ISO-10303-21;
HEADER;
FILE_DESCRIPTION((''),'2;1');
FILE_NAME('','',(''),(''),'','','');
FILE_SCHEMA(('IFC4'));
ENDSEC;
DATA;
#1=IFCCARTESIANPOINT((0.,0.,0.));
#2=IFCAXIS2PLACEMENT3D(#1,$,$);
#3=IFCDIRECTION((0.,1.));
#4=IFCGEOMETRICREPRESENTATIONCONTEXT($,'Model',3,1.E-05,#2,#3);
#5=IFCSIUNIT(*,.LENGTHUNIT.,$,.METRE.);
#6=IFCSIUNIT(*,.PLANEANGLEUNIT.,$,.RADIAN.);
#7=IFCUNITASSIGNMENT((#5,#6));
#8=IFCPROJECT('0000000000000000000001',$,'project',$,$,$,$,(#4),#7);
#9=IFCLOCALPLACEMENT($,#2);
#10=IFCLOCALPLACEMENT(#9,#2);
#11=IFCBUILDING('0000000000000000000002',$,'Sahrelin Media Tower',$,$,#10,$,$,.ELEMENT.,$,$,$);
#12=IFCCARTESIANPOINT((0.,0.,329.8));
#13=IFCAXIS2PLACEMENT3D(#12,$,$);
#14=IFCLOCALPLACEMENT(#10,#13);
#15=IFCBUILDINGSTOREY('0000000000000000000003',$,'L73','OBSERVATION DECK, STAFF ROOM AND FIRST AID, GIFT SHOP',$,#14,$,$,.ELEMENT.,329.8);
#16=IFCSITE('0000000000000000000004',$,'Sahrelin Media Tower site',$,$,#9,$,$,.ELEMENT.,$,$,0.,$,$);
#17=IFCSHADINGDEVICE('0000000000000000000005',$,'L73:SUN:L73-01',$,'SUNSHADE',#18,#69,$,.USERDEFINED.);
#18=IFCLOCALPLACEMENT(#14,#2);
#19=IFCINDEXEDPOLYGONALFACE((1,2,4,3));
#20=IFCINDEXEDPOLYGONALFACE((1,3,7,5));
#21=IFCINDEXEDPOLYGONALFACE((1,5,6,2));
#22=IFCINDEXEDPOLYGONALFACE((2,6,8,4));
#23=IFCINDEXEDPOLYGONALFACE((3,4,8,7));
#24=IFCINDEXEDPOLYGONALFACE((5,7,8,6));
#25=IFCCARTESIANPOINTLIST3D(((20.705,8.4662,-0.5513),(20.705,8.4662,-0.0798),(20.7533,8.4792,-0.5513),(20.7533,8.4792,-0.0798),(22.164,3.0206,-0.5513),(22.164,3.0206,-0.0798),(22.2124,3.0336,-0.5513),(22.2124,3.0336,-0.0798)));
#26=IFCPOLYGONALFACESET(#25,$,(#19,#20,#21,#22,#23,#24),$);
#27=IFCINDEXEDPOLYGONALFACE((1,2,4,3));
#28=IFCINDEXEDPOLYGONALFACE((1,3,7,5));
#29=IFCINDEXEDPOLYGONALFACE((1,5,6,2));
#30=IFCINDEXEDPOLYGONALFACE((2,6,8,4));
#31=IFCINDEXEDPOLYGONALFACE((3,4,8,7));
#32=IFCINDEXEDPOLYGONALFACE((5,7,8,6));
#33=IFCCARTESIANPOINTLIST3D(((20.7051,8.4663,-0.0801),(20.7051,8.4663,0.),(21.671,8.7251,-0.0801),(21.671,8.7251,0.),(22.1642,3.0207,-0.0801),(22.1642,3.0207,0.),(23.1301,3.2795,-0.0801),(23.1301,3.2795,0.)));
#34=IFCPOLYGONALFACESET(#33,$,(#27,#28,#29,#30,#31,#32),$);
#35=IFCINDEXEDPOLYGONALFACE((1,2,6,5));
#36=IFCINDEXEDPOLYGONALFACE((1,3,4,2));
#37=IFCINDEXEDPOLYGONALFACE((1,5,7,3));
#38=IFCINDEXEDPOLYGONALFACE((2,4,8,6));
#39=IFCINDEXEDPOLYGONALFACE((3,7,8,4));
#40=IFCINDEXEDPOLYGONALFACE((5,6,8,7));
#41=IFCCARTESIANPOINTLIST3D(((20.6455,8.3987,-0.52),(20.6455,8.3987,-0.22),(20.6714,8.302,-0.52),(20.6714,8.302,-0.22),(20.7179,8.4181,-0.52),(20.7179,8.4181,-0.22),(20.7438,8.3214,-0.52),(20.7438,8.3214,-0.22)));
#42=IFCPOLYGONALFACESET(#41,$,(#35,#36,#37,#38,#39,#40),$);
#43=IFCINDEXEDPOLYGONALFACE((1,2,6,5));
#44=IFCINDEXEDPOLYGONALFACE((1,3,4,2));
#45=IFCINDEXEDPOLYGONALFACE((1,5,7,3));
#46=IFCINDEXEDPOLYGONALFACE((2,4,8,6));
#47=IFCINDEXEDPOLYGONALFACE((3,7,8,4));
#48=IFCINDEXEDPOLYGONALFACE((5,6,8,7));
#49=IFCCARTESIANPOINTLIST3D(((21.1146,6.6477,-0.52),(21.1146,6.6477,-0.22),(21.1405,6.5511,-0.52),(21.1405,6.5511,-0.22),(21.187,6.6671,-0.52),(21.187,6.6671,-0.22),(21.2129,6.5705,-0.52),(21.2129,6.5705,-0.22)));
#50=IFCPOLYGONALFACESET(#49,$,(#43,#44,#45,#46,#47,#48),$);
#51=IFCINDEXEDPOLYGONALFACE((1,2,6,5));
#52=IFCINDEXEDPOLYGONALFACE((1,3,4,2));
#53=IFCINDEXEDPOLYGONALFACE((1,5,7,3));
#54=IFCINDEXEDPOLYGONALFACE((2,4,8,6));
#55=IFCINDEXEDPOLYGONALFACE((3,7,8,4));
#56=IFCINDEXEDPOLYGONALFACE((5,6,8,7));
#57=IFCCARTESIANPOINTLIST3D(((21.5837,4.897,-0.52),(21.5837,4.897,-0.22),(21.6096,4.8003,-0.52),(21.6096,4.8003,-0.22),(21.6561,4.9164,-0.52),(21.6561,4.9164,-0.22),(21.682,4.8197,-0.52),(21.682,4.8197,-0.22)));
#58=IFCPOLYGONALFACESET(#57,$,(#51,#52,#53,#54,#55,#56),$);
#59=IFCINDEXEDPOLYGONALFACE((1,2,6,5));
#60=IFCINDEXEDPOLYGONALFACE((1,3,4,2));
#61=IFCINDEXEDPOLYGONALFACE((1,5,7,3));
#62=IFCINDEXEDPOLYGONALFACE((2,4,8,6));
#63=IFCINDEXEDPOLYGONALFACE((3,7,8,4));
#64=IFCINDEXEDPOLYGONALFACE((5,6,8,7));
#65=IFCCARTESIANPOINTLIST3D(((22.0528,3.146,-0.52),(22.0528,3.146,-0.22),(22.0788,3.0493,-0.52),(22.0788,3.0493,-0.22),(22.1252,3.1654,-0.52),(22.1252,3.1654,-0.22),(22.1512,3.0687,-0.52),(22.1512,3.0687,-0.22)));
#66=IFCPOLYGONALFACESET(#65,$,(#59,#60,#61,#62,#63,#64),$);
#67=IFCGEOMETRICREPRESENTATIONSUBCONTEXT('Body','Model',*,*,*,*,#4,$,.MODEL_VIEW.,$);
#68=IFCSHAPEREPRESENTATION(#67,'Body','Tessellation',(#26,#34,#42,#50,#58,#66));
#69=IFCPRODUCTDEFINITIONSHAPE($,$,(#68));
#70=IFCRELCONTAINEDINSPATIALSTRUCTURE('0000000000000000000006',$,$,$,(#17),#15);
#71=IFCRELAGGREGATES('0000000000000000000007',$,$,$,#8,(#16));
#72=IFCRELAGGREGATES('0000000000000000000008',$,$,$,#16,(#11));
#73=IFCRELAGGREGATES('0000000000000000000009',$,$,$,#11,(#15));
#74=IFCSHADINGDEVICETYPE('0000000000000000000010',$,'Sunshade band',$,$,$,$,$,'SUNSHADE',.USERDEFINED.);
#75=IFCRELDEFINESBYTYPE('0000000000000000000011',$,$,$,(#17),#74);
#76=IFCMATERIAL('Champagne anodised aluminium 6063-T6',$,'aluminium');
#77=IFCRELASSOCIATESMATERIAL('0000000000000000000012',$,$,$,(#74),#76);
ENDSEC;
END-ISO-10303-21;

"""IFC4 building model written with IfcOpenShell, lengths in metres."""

from ifc_helpers import new_model, si_unit, direction, frame, origin, origin_2d, place, context, subcontext, project, spatial, rectangle, extrude, material, type_object, element, save


model = new_model("IFC4")

# Units and contexts
model_context = context("Model", 3, precision=1e-05, world=origin(), true_north=direction((0.0, 1.0)))
body_context = subcontext(model_context, "Body", "Model", "MODEL_VIEW")
ifc_project = project(units=[si_unit("LENGTHUNIT", "METRE"), si_unit("PLANEANGLEUNIT", "RADIAN")], contexts=[model_context])

# Site, building, storey
site_placement = place(None, origin())
site = spatial("IfcSite", under=ifc_project, at=site_placement, Name="Sahrelin Media Tower site", CompositionType="ELEMENT", RefElevation=0.0)
building_placement = place(site_placement, origin())
building = spatial("IfcBuilding", under=site, at=building_placement, Name="Sahrelin Media Tower", CompositionType="ELEMENT")
storey_placement = place(building_placement, frame((0.0, 0.0, 329.8)))
storey = spatial("IfcBuildingStorey", under=building, at=storey_placement, Name="L73", Description="OBSERVATION DECK, STAFF ROOM AND FIRST AID, GIFT SHOP", CompositionType="ELEMENT", Elevation=329.8)

# Shared definitions
ifc_material_1 = material(Name="Champagne anodised aluminium 6063-T6", Category="aluminium")

# Shading device
placement_1 = place(storey_placement, frame((21.4153, 5.7383, 0.0), z_axis=(0.0, 0.0, 1.0), x_axis=(0.258808, -0.965929, 0.0)))
shading_device_type_1 = type_object("IfcShadingDeviceType", Name="Sunshade band", ElementType="SUNSHADE", PredefinedType="USERDEFINED", material=ifc_material_1)
element("IfcShadingDevice", 1, at=placement_1, inside=storey, type_object=shading_device_type_1, Name="L73:SUN:L73-01", ObjectType="SUNSHADE", PredefinedType="USERDEFINED", context=body_context, shape_type="SweptSolid", body=[
    extrude(rectangle(XDim=5.6377, YDim=0.05, at=origin_2d()), frame((0.0, 0.0449, -0.5513)), (0.0, 0.0, 1.0), 0.4714),
    extrude(rectangle(XDim=5.6377, YDim=1.0, at=origin_2d()), frame((0.0, 0.52, -0.0801)), (0.0, 0.0, 1.0), 0.0801),
    extrude(rectangle(XDim=0.1001, YDim=0.075, at=origin_2d()), frame((-2.719, -0.0176, -0.52)), (0.0, 0.0, 1.0), 0.3),
    extrude(rectangle(XDim=0.1001, YDim=0.075, at=origin_2d()), frame((-0.9062, -0.0176, -0.52)), (0.0, 0.0, 1.0), 0.3),
    extrude(rectangle(XDim=0.1001, YDim=0.075, at=origin_2d()), frame((0.9062, -0.0176, -0.52)), (0.0, 0.0, 1.0), 0.3),
    extrude(rectangle(XDim=0.1001, YDim=0.075, at=origin_2d()), frame((2.719, -0.0176, -0.52)), (0.0, 0.0, 1.0), 0.3),
])

save(model, "model.ifc")
